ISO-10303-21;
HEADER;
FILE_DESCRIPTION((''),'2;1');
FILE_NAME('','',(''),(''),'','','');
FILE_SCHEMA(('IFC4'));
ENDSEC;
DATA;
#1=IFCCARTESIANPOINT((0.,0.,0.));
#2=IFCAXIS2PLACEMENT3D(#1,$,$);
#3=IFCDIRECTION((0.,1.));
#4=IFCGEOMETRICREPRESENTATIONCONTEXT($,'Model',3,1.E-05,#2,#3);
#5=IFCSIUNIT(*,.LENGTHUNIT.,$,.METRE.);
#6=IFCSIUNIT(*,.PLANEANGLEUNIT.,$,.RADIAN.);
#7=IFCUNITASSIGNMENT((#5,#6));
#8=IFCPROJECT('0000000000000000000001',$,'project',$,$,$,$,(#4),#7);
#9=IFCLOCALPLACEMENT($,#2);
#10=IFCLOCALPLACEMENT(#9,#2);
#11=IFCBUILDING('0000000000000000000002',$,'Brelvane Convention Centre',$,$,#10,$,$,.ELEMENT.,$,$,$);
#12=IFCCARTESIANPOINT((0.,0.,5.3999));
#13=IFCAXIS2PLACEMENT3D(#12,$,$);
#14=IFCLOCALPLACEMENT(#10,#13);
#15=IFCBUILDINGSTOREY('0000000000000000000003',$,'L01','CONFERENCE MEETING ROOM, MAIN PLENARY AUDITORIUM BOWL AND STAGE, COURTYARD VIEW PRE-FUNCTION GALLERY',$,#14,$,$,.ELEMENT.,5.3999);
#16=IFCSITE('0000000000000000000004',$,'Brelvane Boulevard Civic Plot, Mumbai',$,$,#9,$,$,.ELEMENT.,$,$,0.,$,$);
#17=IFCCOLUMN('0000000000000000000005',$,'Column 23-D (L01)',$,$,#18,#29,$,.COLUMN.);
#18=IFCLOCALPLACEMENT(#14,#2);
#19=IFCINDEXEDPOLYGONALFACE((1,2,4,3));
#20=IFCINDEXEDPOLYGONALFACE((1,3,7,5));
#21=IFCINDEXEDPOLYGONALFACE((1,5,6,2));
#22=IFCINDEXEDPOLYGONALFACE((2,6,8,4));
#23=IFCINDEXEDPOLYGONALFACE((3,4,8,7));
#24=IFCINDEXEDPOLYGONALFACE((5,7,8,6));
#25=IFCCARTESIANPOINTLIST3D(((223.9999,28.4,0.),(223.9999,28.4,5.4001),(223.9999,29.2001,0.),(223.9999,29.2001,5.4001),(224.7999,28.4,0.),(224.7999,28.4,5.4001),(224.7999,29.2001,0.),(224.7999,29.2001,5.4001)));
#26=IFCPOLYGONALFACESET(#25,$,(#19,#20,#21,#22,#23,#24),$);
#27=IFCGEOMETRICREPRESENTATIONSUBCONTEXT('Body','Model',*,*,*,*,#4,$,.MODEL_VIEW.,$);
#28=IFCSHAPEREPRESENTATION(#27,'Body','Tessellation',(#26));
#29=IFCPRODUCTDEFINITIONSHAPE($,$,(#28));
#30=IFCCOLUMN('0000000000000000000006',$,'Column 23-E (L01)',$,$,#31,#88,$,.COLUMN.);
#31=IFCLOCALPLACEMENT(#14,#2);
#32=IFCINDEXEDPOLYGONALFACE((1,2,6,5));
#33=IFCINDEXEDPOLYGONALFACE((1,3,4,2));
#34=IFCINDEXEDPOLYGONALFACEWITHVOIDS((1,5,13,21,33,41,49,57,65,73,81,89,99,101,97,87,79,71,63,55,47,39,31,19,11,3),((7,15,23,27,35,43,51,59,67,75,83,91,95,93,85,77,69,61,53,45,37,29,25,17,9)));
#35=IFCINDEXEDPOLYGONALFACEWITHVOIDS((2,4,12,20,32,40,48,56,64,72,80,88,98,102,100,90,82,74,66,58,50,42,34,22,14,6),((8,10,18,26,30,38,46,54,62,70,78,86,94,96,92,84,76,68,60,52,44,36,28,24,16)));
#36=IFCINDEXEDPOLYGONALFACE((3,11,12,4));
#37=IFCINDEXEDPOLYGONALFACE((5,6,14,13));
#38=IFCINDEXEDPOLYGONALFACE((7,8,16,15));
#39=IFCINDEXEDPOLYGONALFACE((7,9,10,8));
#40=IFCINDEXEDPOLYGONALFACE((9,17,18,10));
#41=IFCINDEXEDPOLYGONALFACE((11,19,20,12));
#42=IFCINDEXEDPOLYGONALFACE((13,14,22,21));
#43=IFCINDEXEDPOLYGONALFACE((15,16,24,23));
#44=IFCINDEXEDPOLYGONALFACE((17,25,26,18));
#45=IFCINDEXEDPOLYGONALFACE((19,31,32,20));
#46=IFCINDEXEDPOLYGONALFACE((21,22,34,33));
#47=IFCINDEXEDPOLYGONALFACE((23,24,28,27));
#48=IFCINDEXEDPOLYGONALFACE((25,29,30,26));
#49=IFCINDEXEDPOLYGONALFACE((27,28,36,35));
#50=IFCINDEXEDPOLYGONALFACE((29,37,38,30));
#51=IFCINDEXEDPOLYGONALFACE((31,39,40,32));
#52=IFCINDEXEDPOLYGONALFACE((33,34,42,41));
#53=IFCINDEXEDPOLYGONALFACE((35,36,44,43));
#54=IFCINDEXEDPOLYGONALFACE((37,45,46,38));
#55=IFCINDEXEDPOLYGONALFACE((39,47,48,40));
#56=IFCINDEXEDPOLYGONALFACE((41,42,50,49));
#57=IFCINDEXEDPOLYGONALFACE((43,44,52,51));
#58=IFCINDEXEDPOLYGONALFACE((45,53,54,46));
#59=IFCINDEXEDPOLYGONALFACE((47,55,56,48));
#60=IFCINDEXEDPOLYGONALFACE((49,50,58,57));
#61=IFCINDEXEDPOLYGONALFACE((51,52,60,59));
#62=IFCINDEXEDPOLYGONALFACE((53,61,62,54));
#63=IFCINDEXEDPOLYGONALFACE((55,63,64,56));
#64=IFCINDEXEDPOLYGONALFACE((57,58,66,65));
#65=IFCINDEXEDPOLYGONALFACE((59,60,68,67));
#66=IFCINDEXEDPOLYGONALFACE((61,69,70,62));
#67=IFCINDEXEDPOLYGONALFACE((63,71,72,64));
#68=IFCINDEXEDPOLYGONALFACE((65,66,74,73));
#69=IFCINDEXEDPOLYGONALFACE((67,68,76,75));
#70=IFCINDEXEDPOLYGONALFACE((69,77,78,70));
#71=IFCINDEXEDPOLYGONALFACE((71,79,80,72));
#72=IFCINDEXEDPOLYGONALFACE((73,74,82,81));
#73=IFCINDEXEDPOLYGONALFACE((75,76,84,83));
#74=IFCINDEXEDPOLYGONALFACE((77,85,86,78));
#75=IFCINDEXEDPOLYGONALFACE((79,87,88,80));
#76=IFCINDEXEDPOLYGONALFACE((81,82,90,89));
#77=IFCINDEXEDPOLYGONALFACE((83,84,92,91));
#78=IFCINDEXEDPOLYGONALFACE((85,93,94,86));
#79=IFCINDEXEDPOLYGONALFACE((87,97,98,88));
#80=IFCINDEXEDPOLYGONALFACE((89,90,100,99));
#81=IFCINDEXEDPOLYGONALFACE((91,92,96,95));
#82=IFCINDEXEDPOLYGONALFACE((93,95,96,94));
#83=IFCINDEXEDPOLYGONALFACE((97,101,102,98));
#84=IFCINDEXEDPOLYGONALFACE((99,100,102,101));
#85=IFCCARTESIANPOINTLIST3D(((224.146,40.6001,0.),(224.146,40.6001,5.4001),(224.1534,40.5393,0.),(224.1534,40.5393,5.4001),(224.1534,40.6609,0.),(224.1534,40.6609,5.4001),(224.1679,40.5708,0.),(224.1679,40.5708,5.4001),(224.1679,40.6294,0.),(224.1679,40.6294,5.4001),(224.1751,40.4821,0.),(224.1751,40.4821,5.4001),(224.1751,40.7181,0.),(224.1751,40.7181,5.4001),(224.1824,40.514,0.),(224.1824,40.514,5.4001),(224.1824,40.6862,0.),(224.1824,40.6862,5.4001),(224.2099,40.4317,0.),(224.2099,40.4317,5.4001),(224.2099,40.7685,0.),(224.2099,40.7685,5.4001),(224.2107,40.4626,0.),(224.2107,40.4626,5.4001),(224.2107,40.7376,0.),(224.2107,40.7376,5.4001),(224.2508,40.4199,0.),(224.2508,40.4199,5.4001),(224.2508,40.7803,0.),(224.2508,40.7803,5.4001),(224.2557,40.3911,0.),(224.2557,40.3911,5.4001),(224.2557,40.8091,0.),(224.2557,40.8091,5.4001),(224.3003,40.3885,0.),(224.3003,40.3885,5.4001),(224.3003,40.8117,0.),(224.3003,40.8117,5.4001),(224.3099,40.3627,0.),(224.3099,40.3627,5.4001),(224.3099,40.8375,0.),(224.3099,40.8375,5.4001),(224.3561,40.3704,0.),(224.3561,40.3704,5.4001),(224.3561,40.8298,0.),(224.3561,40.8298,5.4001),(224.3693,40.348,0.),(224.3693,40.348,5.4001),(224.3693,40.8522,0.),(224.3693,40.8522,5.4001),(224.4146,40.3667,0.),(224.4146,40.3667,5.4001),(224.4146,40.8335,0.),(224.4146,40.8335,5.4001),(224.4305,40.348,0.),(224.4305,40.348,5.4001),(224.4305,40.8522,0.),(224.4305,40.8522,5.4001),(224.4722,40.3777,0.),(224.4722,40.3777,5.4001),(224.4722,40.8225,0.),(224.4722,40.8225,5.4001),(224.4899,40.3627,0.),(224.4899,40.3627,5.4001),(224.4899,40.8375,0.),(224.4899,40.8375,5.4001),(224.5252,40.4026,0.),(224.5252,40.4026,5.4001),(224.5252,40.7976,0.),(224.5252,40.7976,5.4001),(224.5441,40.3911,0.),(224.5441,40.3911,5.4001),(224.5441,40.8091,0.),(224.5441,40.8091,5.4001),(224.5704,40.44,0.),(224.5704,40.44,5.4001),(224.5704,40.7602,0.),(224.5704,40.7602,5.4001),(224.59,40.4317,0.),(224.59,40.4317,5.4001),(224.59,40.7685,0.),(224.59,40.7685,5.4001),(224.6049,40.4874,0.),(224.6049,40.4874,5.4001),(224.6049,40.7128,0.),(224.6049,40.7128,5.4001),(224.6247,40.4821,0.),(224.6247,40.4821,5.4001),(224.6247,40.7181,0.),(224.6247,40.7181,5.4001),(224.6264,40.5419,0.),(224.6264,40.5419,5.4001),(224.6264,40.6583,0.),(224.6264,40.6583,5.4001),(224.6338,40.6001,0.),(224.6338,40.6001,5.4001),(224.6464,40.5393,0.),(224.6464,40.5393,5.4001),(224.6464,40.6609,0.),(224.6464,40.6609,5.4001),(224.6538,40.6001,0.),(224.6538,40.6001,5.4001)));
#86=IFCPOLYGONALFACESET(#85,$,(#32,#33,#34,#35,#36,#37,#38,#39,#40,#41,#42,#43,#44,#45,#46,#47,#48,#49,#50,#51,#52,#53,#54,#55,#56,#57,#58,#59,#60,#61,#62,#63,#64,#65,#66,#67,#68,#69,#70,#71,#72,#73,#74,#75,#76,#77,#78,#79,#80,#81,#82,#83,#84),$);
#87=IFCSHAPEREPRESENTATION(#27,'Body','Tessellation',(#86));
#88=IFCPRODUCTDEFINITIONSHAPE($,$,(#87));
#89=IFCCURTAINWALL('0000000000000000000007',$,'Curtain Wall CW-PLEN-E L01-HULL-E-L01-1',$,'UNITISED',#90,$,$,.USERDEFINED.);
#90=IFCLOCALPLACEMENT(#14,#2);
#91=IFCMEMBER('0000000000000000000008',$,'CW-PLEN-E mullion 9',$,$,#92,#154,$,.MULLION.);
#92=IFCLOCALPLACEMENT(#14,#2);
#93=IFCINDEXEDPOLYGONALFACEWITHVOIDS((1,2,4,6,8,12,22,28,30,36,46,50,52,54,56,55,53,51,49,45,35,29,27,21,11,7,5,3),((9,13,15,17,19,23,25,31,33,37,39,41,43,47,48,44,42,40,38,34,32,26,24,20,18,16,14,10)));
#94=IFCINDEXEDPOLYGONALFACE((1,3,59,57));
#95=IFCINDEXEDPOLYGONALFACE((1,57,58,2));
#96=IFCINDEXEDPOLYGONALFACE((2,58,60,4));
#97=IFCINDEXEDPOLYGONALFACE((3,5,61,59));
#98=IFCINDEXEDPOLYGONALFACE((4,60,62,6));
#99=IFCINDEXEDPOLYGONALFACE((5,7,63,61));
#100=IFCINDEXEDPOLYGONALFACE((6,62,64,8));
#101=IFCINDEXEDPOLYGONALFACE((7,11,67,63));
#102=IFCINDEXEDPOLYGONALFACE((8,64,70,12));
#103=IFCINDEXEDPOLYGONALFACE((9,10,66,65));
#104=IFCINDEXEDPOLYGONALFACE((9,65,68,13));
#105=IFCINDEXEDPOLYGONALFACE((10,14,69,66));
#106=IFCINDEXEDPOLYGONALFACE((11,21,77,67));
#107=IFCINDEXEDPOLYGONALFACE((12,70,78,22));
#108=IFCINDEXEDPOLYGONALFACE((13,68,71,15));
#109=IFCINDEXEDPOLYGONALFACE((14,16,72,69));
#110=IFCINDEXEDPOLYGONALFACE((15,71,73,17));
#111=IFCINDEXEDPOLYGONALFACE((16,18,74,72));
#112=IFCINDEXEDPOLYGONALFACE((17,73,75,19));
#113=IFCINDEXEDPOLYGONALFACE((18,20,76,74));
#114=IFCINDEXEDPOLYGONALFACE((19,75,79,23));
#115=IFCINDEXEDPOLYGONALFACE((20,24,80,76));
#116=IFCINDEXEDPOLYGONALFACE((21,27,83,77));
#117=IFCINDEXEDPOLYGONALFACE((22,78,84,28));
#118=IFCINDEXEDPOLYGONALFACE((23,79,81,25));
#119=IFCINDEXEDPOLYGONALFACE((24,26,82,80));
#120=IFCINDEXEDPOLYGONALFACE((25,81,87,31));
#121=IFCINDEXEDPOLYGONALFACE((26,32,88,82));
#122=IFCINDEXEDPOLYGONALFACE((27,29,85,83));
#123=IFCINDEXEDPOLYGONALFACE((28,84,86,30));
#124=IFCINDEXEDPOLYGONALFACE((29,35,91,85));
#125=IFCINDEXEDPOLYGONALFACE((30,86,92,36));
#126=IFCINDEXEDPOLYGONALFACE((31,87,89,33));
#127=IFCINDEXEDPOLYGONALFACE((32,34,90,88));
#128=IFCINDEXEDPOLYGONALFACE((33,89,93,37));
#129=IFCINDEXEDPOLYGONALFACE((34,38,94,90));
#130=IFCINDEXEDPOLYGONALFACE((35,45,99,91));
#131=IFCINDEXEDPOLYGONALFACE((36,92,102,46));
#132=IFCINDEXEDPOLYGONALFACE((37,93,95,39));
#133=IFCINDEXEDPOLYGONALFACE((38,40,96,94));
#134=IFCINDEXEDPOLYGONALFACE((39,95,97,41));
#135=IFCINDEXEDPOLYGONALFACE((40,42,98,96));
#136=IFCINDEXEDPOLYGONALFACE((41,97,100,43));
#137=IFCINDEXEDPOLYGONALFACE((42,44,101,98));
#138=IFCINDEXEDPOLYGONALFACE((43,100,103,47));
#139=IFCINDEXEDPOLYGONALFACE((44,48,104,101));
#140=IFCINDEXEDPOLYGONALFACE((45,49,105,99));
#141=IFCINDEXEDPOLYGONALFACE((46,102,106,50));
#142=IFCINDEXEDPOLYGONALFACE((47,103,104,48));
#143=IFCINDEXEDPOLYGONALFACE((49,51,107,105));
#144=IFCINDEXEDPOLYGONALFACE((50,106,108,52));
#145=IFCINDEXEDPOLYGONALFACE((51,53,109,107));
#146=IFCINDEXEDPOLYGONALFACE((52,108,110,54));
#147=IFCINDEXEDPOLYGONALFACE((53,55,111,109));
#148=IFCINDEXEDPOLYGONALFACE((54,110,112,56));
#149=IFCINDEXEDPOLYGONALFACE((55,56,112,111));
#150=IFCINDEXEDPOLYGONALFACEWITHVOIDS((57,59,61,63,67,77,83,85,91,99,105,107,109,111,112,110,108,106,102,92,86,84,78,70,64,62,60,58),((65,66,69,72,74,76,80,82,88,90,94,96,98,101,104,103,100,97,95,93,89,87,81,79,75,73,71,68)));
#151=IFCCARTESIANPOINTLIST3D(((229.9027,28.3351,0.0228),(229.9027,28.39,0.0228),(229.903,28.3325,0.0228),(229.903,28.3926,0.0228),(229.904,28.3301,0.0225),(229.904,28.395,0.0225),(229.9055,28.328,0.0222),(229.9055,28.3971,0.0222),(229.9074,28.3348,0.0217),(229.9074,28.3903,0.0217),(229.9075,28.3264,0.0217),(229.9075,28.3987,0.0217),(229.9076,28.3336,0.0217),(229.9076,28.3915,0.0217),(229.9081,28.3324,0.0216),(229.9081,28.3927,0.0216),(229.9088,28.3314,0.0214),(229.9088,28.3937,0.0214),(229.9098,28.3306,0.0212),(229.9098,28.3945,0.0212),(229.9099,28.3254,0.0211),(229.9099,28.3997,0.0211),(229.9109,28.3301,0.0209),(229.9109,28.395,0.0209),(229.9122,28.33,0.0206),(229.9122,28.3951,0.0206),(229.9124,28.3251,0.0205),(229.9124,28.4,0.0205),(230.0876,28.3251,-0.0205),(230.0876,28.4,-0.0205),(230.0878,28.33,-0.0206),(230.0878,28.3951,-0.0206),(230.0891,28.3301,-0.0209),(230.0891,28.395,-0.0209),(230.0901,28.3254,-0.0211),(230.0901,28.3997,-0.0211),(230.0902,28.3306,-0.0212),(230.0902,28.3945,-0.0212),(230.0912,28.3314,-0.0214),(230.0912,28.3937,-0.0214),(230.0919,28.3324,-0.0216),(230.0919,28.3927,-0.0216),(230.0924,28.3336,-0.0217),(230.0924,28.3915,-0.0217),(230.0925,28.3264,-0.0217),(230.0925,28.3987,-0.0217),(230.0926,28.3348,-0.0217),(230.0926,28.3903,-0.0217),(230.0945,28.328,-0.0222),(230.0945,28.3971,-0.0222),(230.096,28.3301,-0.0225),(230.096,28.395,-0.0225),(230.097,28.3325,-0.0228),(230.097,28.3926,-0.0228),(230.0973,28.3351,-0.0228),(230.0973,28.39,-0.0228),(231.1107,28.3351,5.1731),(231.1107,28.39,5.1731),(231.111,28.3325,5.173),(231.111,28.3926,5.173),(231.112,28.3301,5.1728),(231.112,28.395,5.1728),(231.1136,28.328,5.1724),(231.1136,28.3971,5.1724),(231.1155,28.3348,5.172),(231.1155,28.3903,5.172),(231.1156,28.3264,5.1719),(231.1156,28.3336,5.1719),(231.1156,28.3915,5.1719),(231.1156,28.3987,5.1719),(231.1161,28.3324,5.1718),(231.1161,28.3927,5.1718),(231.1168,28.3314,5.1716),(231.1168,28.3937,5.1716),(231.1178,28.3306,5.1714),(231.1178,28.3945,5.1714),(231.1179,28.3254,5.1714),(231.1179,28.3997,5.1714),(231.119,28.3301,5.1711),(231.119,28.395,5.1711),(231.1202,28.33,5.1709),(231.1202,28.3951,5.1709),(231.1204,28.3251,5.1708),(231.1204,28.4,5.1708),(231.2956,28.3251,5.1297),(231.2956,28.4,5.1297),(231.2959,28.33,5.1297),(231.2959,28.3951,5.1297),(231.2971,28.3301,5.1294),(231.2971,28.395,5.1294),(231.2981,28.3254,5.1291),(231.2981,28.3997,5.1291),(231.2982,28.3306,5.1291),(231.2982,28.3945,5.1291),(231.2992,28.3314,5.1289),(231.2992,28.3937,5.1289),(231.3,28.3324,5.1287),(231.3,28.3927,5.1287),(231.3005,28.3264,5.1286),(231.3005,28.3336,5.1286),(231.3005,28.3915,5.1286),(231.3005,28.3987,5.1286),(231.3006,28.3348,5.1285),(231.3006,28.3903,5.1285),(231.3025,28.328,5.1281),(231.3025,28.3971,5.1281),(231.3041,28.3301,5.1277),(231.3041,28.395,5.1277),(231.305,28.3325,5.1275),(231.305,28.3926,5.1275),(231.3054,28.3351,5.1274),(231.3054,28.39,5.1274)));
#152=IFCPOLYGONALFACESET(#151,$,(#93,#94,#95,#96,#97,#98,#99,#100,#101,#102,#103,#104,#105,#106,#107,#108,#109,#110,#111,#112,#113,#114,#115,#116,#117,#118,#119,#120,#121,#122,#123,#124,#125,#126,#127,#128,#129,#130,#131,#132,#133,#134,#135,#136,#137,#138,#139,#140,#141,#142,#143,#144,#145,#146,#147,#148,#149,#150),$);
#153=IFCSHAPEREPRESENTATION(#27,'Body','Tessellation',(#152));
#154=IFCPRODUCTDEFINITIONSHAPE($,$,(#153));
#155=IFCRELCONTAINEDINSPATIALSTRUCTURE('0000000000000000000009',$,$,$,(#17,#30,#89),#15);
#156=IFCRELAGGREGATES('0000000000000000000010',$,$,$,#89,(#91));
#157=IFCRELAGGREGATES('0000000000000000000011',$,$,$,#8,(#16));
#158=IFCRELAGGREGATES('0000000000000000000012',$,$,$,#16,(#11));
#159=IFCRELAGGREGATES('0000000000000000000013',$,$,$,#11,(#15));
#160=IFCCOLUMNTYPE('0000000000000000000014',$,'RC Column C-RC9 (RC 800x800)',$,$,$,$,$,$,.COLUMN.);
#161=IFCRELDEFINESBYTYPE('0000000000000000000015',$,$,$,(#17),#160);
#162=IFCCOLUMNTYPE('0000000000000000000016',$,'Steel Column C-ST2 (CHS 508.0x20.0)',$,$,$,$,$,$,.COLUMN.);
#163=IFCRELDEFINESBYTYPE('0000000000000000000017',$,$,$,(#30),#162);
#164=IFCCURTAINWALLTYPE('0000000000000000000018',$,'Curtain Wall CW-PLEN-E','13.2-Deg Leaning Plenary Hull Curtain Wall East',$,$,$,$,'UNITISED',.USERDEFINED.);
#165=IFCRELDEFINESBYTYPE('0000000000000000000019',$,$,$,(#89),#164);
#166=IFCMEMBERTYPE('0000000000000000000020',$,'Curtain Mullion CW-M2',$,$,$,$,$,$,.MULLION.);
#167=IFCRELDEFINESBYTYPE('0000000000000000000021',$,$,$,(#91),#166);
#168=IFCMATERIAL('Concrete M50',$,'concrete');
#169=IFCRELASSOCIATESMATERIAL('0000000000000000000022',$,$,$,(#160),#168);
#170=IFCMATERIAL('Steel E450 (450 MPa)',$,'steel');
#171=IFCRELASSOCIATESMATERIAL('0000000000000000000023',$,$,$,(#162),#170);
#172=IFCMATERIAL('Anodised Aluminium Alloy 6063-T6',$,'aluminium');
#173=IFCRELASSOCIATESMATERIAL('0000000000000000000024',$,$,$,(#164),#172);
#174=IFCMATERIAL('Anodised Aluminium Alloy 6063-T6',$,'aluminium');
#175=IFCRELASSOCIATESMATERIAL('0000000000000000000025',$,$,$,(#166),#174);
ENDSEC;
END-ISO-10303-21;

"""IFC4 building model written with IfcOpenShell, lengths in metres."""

from ifc_helpers import new_model, si_unit, direction, frame, origin, origin_2d, place, context, subcontext, project, spatial, rectangle, hollow_rectangle, hollow_circle, extrude, material, material_profile, profile_set, type_object, element, aggregate, save


model = new_model("IFC4")

# Units and contexts
model_context = context("Model", 3, precision=1e-05, world=origin(), true_north=direction((0.0, 1.0)))
body_context = subcontext(model_context, "Body", "Model", "MODEL_VIEW")
ifc_project = project(units=[si_unit("LENGTHUNIT", "METRE"), si_unit("PLANEANGLEUNIT", "RADIAN")], contexts=[model_context])

# Site, building, storey
site_placement = place(None, origin())
site = spatial("IfcSite", under=ifc_project, at=site_placement, Name="Brelvane Boulevard Civic Plot, Mumbai", CompositionType="ELEMENT", RefElevation=0.0)
building_placement = place(site_placement, origin())
building = spatial("IfcBuilding", under=site, at=building_placement, Name="Brelvane Convention Centre", CompositionType="ELEMENT")
storey_placement = place(building_placement, frame((0.0, 0.0, 5.3999)))
storey = spatial("IfcBuildingStorey", under=building, at=storey_placement, Name="L01", Description="CONFERENCE MEETING ROOM, MAIN PLENARY AUDITORIUM BOWL AND STAGE, COURTYARD VIEW PRE-FUNCTION GALLERY", CompositionType="ELEMENT", Elevation=5.3999)

# Columns
ifc_material_1 = material(Name="Concrete M50", Category="concrete")
ifc_material_profile_1 = material_profile(ifc_material_1, rectangle(XDim=0.8, YDim=0.8, at=origin_2d()), Name="RC 800x800")
ifc_profile_set_1 = profile_set([ifc_material_profile_1], Name="Concrete M50")
column_type_1 = type_object("IfcColumnType", Name="RC Column C-RC9 (RC 800x800)", PredefinedType="COLUMN", material=ifc_profile_set_1)
column_1_placement = place(storey_placement, frame((224.3999, 28.8, 0.0), z_axis=(0.0, 0.0, 1.0), x_axis=(1.0, 0.0, 0.0)))
element("IfcColumn", 1, at=column_1_placement, inside=storey, type_object=column_type_1, Name="Column 23-D (L01)", PredefinedType="COLUMN", context=body_context, shape_type="SweptSolid", body=[
    extrude(rectangle(XDim=0.8, YDim=0.8, at=origin_2d()), origin(), (0.0, 0.0, 1.0), 5.4001),
])
ifc_material_2 = material(Name="Steel E450 (450 MPa)", Category="steel")
ifc_material_profile_2 = material_profile(ifc_material_2, hollow_circle(Radius=0.2539, WallThickness=0.02, at=origin_2d()), Name="CHS 508.0x20.0")
ifc_profile_set_2 = profile_set([ifc_material_profile_2], Name="Steel E450 (450 MPa)")
column_type_2 = type_object("IfcColumnType", Name="Steel Column C-ST2 (CHS 508.0x20.0)", PredefinedType="COLUMN", material=ifc_profile_set_2)
column_2_placement = place(storey_placement, frame((224.3999, 40.6001, 0.0), z_axis=(0.0, 0.0, 1.0), x_axis=(1.0, 0.0, 0.0)))
element("IfcColumn", 2, at=column_2_placement, inside=storey, type_object=column_type_2, Name="Column 23-E (L01)", PredefinedType="COLUMN", context=body_context, shape_type="SweptSolid", body=[
    extrude(hollow_circle(Radius=0.2539, WallThickness=0.02, at=origin_2d()), origin(), (0.0, 0.0, 1.0), 5.4001),
])

# Curtain wall, member
ifc_material_3 = material(Name="Anodised Aluminium Alloy 6063-T6", Category="aluminium")
curtain_wall_type = type_object("IfcCurtainWallType", Name="Curtain Wall CW-PLEN-E", Description="13.2-Deg Leaning Plenary Hull Curtain Wall East", ElementType="UNITISED", PredefinedType="USERDEFINED", material=ifc_material_3)
curtain_wall_1_placement = place(storey_placement, origin())
curtain_wall_1 = element("IfcCurtainWall", 3, at=curtain_wall_1_placement, inside=storey, type_object=curtain_wall_type, Name="Curtain Wall CW-PLEN-E L01-HULL-E-L01-1", ObjectType="UNITISED", PredefinedType="USERDEFINED")
ifc_material_4 = material(Name="Anodised Aluminium Alloy 6063-T6", Category="aluminium")
ifc_material_profile_3 = material_profile(ifc_material_4, hollow_rectangle(XDim=0.075, YDim=0.2, WallThickness=0.0049, InnerFilletRadius=0.0049, OuterFilletRadius=0.01, at=origin_2d()), Name="ALU-M 200x75x5.0")
ifc_profile_set_3 = profile_set([ifc_material_profile_3], Name="Anodised Aluminium Alloy 6063-T6")
member_type_1 = type_object("IfcMemberType", Name="Curtain Mullion CW-M2", PredefinedType="MULLION", material=ifc_profile_set_3)
member_1_placement = place(storey_placement, frame((230.0, 28.3625, 0.0), z_axis=(0.22836, 0.0, 0.973577), x_axis=(0.0, 1.0, 0.0)))
member_1 = element("IfcMember", 4, at=member_1_placement, type_object=member_type_1, Name="CW-PLEN-E mullion 9", PredefinedType="MULLION", context=body_context, shape_type="SweptSolid", body=[
    extrude(hollow_rectangle(XDim=0.075, YDim=0.2, WallThickness=0.0049, InnerFilletRadius=0.0049, OuterFilletRadius=0.01, at=origin_2d()), origin(), (0.0, 0.0, 1.0), 5.29),
])
aggregate(curtain_wall_1, [member_1])

save(model, "model.ifc")
